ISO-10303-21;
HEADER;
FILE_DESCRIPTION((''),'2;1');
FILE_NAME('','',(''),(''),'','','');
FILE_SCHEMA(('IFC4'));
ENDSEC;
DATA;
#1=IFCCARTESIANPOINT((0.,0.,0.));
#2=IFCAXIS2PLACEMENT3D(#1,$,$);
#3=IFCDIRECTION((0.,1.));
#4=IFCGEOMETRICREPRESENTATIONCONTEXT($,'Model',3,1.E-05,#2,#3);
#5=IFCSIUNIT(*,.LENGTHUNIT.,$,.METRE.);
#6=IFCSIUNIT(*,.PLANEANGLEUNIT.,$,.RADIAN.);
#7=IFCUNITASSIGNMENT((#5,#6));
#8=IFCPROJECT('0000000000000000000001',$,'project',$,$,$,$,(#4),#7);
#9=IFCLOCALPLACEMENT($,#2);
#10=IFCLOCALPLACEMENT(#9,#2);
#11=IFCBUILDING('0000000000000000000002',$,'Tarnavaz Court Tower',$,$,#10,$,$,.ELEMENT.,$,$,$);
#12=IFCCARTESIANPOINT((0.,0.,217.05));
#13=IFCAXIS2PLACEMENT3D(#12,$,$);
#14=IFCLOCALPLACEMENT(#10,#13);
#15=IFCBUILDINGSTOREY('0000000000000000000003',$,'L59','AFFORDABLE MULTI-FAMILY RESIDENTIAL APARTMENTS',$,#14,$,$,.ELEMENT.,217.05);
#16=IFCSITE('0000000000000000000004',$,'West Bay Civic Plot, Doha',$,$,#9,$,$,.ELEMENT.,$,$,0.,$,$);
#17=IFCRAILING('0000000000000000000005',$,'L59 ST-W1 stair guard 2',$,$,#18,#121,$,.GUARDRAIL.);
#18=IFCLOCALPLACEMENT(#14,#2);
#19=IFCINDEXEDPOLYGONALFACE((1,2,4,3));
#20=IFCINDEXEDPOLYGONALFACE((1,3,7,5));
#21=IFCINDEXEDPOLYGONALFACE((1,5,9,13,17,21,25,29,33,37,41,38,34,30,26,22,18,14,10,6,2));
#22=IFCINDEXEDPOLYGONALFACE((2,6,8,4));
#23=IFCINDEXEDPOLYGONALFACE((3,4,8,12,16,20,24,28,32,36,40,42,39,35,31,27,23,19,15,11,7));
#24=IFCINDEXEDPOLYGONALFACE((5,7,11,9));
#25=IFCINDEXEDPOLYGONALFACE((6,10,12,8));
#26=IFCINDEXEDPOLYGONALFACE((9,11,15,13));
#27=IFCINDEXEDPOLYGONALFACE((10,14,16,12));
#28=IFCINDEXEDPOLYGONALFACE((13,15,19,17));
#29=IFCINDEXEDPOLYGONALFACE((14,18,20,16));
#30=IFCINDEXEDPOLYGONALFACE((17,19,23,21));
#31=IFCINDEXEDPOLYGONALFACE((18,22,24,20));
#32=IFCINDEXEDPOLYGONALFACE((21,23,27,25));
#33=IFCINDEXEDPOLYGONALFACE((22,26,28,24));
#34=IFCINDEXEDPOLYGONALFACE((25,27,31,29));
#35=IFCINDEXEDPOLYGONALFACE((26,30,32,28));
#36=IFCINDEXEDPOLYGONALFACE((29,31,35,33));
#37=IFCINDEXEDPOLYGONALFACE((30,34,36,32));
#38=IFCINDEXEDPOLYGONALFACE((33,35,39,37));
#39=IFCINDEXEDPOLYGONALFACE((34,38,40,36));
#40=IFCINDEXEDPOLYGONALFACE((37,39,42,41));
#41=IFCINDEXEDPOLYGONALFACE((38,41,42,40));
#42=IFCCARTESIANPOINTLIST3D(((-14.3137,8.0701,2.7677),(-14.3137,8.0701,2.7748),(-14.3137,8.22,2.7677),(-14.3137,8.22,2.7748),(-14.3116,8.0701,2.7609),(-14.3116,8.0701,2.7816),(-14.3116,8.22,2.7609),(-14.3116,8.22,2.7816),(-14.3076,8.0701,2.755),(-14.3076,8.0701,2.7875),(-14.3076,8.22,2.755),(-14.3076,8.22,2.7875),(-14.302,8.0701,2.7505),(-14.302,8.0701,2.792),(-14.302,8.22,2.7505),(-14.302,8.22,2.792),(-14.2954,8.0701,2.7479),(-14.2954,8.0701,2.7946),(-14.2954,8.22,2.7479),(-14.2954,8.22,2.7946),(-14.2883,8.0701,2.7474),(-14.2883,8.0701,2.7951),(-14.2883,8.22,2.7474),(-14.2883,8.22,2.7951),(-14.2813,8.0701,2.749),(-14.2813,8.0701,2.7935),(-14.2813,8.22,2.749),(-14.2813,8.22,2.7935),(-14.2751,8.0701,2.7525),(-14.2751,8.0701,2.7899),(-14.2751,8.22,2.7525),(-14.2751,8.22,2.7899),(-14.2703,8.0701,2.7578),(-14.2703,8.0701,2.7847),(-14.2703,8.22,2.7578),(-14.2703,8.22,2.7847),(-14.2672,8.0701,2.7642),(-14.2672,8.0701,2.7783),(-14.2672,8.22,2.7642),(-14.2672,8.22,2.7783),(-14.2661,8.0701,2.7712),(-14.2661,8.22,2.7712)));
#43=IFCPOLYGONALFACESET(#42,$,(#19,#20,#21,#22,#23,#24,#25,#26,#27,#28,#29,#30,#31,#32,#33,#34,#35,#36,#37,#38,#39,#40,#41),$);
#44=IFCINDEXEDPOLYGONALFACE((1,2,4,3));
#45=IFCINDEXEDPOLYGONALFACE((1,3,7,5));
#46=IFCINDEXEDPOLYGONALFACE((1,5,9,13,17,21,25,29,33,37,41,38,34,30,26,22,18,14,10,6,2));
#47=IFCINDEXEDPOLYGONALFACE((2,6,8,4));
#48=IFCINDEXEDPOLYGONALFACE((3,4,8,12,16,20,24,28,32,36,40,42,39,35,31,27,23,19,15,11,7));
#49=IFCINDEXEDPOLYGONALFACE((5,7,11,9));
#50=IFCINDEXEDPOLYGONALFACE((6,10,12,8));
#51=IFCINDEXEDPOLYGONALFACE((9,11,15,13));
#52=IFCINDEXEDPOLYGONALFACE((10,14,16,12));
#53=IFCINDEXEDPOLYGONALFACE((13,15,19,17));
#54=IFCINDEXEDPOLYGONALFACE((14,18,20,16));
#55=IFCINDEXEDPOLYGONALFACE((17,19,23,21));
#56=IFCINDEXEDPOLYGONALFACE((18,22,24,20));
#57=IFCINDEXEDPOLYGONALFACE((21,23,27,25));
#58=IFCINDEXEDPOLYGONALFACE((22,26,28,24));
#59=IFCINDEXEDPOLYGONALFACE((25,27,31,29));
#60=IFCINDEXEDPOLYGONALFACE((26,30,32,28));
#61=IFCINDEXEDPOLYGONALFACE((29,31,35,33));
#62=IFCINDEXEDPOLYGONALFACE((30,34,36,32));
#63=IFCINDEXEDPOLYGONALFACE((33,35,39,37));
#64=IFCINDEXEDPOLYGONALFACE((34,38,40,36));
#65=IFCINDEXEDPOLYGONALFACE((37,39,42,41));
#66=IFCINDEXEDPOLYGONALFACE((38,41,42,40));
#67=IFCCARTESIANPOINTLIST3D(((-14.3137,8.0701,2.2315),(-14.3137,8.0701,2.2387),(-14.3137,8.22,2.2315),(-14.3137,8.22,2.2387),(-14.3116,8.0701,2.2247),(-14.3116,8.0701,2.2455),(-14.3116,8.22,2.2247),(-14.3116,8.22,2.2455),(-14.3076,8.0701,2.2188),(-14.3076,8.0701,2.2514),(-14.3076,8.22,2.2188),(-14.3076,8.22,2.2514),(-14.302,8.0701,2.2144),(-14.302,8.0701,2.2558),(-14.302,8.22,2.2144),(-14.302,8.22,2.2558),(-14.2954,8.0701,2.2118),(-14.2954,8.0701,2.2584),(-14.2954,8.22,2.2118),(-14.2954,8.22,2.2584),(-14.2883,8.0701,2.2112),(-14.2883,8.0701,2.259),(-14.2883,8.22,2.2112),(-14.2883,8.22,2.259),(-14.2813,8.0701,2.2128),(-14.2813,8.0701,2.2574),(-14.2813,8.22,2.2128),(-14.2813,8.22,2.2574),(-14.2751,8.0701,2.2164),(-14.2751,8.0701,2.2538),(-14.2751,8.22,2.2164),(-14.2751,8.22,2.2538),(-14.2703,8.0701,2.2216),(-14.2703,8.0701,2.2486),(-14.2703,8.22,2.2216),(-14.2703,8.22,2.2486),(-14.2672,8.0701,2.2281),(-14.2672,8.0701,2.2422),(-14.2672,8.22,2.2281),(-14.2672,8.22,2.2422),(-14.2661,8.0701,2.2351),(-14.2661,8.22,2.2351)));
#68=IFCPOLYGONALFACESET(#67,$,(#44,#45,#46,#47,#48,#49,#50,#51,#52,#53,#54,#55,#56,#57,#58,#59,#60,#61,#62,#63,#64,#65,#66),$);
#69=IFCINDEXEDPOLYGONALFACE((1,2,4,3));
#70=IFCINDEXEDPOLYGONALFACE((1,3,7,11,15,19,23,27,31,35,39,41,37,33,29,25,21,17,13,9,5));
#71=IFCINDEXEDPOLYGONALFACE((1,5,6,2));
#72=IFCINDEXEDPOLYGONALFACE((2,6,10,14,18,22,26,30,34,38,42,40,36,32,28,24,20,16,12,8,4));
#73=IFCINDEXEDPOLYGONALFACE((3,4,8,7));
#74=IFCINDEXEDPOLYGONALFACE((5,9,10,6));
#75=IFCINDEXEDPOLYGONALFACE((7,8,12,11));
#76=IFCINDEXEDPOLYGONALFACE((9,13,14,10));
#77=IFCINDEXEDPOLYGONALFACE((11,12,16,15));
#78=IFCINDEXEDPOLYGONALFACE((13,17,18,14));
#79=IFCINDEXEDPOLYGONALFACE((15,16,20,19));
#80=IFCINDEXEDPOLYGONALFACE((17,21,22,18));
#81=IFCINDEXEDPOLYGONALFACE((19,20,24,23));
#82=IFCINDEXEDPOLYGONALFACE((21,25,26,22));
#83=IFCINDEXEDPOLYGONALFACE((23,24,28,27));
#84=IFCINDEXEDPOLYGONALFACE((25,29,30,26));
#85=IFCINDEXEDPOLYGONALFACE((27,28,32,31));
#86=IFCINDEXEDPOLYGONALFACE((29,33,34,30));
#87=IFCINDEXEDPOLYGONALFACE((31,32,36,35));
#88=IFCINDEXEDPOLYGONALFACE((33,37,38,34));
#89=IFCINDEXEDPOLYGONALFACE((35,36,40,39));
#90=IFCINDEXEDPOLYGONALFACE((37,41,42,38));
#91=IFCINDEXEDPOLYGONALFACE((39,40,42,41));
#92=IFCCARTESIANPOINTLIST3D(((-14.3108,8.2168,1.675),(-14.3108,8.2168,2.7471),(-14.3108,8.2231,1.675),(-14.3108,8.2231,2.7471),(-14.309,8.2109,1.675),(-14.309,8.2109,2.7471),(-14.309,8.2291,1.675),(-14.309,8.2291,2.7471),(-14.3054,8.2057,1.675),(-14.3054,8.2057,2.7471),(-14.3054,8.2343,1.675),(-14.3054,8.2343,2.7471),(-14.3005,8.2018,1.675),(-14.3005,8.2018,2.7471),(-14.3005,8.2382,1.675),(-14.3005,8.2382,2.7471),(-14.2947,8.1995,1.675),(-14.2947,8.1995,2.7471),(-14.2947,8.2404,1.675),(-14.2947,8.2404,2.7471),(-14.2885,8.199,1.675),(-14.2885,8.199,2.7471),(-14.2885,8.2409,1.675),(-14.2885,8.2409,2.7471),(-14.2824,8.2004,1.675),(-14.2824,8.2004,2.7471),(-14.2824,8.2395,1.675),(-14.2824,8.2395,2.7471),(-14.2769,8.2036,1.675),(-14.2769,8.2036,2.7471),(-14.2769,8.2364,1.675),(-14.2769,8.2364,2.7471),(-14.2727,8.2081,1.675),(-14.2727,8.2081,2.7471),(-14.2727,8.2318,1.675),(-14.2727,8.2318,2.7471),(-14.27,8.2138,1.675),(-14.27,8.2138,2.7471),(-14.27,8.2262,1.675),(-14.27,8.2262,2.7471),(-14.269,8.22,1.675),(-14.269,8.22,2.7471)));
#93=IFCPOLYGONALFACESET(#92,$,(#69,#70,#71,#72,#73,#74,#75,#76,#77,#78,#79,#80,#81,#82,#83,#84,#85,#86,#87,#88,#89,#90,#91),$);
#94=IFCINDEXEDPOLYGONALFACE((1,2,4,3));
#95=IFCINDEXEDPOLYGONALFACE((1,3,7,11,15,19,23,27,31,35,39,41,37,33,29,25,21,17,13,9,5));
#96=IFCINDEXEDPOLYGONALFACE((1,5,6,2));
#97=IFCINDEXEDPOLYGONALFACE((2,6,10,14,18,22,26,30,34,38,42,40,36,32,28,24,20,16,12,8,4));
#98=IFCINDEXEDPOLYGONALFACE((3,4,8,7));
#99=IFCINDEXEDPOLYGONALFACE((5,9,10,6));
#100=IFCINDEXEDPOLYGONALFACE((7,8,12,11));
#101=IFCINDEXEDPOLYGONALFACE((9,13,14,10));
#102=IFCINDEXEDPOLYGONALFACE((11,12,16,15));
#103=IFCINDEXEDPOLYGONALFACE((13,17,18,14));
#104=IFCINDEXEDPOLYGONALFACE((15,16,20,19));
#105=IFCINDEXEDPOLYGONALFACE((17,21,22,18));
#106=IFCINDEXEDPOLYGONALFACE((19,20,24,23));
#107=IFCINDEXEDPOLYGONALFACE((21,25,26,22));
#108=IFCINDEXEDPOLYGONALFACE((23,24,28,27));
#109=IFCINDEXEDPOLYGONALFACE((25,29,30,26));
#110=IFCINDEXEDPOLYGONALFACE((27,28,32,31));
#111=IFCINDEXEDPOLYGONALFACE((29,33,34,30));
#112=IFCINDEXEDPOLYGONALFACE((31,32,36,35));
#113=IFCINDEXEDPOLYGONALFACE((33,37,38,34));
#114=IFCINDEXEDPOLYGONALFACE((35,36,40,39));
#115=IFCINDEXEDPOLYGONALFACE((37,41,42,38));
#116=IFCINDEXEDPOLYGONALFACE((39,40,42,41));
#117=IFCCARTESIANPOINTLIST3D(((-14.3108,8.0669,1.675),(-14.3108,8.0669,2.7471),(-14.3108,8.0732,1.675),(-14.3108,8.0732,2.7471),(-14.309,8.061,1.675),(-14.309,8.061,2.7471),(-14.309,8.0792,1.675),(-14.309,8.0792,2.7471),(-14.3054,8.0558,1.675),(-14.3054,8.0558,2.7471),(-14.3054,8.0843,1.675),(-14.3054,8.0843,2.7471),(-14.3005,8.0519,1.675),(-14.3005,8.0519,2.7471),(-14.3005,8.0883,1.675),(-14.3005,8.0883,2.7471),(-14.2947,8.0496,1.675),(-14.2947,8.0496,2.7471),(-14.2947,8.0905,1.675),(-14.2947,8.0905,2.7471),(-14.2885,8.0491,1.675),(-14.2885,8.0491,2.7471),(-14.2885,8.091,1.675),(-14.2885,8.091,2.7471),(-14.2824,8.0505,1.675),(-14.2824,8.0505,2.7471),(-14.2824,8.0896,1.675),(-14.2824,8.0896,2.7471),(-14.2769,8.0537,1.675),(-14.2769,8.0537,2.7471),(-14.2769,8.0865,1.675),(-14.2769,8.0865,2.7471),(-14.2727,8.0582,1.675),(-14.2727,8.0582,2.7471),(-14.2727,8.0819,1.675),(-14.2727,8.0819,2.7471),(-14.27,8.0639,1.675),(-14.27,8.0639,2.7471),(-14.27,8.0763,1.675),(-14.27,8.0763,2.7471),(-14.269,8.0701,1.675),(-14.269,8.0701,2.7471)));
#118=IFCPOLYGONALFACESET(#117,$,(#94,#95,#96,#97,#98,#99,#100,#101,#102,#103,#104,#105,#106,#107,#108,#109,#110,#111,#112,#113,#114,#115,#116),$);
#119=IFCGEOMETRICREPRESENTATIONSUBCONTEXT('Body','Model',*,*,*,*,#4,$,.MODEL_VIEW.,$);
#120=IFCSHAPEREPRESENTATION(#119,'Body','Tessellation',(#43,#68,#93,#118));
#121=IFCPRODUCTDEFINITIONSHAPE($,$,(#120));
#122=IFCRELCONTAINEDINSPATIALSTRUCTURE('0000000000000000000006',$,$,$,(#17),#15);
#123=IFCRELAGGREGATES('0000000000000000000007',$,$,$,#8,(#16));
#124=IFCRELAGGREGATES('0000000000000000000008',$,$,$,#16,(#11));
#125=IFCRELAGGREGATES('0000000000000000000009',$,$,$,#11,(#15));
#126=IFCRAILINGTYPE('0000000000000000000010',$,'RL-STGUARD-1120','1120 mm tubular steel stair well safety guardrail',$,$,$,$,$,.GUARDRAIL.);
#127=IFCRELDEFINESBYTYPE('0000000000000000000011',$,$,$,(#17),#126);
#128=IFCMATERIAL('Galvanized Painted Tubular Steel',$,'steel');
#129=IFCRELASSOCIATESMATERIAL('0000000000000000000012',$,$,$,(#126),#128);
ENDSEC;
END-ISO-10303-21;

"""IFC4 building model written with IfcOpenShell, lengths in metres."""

from ifc_helpers import new_model, si_unit, direction, frame, origin, origin_2d, place, context, subcontext, project, spatial, circle, extrude, material, type_object, element, save


model = new_model("IFC4")

# Units and contexts
model_context = context("Model", 3, precision=1e-05, world=origin(), true_north=direction((0.0, 1.0)))
body_context = subcontext(model_context, "Body", "Model", "MODEL_VIEW")
ifc_project = project(units=[si_unit("LENGTHUNIT", "METRE"), si_unit("PLANEANGLEUNIT", "RADIAN")], contexts=[model_context])

# Site, building, storey
site_placement = place(None, origin())
site = spatial("IfcSite", under=ifc_project, at=site_placement, Name="West Bay Civic Plot, Doha", CompositionType="ELEMENT", RefElevation=0.0)
building_placement = place(site_placement, origin())
building = spatial("IfcBuilding", under=site, at=building_placement, Name="Tarnavaz Court Tower", CompositionType="ELEMENT")
storey_placement = place(building_placement, frame((0.0, 0.0, 217.05)))
storey = spatial("IfcBuildingStorey", under=building, at=storey_placement, Name="L59", Description="AFFORDABLE MULTI-FAMILY RESIDENTIAL APARTMENTS", CompositionType="ELEMENT", Elevation=217.05)

# Railing
ifc_material_1 = material(Name="Galvanized Painted Tubular Steel", Category="steel")
railing_type_1 = type_object("IfcRailingType", Name="RL-STGUARD-1120", Description="1120 mm tubular steel stair well safety guardrail", PredefinedType="GUARDRAIL", material=ifc_material_1)
railing_1_placement = place(storey_placement, frame((-14.29, 8.22, 1.675)))
element("IfcRailing", 1, at=railing_1_placement, inside=storey, type_object=railing_type_1, Name="L59 ST-W1 stair guard 2", PredefinedType="GUARDRAIL", context=body_context, shape_type="SweptSolid", body=[
    extrude(circle(Radius=0.0239, at=origin_2d()), frame((0.0, 0.0, 1.0962), z_axis=(0.0, -1.0, 0.0), x_axis=(1.0, 0.0, 0.0)), (0.0, 0.0, 1.0), 0.1499),
    extrude(circle(Radius=0.0239, at=origin_2d()), frame((0.0, 0.0, 0.5601), z_axis=(0.0, -1.0, 0.0), x_axis=(1.0, 0.0, 0.0)), (0.0, 0.0, 1.0), 0.1499),
    extrude(circle(Radius=0.021, at=origin_2d()), origin(), (0.0, 0.0, 1.0), 1.072),
    extrude(circle(Radius=0.021, at=origin_2d()), frame((0.0, -0.1499, 0.0)), (0.0, 0.0, 1.0), 1.072),
])

save(model, "model.ifc")
